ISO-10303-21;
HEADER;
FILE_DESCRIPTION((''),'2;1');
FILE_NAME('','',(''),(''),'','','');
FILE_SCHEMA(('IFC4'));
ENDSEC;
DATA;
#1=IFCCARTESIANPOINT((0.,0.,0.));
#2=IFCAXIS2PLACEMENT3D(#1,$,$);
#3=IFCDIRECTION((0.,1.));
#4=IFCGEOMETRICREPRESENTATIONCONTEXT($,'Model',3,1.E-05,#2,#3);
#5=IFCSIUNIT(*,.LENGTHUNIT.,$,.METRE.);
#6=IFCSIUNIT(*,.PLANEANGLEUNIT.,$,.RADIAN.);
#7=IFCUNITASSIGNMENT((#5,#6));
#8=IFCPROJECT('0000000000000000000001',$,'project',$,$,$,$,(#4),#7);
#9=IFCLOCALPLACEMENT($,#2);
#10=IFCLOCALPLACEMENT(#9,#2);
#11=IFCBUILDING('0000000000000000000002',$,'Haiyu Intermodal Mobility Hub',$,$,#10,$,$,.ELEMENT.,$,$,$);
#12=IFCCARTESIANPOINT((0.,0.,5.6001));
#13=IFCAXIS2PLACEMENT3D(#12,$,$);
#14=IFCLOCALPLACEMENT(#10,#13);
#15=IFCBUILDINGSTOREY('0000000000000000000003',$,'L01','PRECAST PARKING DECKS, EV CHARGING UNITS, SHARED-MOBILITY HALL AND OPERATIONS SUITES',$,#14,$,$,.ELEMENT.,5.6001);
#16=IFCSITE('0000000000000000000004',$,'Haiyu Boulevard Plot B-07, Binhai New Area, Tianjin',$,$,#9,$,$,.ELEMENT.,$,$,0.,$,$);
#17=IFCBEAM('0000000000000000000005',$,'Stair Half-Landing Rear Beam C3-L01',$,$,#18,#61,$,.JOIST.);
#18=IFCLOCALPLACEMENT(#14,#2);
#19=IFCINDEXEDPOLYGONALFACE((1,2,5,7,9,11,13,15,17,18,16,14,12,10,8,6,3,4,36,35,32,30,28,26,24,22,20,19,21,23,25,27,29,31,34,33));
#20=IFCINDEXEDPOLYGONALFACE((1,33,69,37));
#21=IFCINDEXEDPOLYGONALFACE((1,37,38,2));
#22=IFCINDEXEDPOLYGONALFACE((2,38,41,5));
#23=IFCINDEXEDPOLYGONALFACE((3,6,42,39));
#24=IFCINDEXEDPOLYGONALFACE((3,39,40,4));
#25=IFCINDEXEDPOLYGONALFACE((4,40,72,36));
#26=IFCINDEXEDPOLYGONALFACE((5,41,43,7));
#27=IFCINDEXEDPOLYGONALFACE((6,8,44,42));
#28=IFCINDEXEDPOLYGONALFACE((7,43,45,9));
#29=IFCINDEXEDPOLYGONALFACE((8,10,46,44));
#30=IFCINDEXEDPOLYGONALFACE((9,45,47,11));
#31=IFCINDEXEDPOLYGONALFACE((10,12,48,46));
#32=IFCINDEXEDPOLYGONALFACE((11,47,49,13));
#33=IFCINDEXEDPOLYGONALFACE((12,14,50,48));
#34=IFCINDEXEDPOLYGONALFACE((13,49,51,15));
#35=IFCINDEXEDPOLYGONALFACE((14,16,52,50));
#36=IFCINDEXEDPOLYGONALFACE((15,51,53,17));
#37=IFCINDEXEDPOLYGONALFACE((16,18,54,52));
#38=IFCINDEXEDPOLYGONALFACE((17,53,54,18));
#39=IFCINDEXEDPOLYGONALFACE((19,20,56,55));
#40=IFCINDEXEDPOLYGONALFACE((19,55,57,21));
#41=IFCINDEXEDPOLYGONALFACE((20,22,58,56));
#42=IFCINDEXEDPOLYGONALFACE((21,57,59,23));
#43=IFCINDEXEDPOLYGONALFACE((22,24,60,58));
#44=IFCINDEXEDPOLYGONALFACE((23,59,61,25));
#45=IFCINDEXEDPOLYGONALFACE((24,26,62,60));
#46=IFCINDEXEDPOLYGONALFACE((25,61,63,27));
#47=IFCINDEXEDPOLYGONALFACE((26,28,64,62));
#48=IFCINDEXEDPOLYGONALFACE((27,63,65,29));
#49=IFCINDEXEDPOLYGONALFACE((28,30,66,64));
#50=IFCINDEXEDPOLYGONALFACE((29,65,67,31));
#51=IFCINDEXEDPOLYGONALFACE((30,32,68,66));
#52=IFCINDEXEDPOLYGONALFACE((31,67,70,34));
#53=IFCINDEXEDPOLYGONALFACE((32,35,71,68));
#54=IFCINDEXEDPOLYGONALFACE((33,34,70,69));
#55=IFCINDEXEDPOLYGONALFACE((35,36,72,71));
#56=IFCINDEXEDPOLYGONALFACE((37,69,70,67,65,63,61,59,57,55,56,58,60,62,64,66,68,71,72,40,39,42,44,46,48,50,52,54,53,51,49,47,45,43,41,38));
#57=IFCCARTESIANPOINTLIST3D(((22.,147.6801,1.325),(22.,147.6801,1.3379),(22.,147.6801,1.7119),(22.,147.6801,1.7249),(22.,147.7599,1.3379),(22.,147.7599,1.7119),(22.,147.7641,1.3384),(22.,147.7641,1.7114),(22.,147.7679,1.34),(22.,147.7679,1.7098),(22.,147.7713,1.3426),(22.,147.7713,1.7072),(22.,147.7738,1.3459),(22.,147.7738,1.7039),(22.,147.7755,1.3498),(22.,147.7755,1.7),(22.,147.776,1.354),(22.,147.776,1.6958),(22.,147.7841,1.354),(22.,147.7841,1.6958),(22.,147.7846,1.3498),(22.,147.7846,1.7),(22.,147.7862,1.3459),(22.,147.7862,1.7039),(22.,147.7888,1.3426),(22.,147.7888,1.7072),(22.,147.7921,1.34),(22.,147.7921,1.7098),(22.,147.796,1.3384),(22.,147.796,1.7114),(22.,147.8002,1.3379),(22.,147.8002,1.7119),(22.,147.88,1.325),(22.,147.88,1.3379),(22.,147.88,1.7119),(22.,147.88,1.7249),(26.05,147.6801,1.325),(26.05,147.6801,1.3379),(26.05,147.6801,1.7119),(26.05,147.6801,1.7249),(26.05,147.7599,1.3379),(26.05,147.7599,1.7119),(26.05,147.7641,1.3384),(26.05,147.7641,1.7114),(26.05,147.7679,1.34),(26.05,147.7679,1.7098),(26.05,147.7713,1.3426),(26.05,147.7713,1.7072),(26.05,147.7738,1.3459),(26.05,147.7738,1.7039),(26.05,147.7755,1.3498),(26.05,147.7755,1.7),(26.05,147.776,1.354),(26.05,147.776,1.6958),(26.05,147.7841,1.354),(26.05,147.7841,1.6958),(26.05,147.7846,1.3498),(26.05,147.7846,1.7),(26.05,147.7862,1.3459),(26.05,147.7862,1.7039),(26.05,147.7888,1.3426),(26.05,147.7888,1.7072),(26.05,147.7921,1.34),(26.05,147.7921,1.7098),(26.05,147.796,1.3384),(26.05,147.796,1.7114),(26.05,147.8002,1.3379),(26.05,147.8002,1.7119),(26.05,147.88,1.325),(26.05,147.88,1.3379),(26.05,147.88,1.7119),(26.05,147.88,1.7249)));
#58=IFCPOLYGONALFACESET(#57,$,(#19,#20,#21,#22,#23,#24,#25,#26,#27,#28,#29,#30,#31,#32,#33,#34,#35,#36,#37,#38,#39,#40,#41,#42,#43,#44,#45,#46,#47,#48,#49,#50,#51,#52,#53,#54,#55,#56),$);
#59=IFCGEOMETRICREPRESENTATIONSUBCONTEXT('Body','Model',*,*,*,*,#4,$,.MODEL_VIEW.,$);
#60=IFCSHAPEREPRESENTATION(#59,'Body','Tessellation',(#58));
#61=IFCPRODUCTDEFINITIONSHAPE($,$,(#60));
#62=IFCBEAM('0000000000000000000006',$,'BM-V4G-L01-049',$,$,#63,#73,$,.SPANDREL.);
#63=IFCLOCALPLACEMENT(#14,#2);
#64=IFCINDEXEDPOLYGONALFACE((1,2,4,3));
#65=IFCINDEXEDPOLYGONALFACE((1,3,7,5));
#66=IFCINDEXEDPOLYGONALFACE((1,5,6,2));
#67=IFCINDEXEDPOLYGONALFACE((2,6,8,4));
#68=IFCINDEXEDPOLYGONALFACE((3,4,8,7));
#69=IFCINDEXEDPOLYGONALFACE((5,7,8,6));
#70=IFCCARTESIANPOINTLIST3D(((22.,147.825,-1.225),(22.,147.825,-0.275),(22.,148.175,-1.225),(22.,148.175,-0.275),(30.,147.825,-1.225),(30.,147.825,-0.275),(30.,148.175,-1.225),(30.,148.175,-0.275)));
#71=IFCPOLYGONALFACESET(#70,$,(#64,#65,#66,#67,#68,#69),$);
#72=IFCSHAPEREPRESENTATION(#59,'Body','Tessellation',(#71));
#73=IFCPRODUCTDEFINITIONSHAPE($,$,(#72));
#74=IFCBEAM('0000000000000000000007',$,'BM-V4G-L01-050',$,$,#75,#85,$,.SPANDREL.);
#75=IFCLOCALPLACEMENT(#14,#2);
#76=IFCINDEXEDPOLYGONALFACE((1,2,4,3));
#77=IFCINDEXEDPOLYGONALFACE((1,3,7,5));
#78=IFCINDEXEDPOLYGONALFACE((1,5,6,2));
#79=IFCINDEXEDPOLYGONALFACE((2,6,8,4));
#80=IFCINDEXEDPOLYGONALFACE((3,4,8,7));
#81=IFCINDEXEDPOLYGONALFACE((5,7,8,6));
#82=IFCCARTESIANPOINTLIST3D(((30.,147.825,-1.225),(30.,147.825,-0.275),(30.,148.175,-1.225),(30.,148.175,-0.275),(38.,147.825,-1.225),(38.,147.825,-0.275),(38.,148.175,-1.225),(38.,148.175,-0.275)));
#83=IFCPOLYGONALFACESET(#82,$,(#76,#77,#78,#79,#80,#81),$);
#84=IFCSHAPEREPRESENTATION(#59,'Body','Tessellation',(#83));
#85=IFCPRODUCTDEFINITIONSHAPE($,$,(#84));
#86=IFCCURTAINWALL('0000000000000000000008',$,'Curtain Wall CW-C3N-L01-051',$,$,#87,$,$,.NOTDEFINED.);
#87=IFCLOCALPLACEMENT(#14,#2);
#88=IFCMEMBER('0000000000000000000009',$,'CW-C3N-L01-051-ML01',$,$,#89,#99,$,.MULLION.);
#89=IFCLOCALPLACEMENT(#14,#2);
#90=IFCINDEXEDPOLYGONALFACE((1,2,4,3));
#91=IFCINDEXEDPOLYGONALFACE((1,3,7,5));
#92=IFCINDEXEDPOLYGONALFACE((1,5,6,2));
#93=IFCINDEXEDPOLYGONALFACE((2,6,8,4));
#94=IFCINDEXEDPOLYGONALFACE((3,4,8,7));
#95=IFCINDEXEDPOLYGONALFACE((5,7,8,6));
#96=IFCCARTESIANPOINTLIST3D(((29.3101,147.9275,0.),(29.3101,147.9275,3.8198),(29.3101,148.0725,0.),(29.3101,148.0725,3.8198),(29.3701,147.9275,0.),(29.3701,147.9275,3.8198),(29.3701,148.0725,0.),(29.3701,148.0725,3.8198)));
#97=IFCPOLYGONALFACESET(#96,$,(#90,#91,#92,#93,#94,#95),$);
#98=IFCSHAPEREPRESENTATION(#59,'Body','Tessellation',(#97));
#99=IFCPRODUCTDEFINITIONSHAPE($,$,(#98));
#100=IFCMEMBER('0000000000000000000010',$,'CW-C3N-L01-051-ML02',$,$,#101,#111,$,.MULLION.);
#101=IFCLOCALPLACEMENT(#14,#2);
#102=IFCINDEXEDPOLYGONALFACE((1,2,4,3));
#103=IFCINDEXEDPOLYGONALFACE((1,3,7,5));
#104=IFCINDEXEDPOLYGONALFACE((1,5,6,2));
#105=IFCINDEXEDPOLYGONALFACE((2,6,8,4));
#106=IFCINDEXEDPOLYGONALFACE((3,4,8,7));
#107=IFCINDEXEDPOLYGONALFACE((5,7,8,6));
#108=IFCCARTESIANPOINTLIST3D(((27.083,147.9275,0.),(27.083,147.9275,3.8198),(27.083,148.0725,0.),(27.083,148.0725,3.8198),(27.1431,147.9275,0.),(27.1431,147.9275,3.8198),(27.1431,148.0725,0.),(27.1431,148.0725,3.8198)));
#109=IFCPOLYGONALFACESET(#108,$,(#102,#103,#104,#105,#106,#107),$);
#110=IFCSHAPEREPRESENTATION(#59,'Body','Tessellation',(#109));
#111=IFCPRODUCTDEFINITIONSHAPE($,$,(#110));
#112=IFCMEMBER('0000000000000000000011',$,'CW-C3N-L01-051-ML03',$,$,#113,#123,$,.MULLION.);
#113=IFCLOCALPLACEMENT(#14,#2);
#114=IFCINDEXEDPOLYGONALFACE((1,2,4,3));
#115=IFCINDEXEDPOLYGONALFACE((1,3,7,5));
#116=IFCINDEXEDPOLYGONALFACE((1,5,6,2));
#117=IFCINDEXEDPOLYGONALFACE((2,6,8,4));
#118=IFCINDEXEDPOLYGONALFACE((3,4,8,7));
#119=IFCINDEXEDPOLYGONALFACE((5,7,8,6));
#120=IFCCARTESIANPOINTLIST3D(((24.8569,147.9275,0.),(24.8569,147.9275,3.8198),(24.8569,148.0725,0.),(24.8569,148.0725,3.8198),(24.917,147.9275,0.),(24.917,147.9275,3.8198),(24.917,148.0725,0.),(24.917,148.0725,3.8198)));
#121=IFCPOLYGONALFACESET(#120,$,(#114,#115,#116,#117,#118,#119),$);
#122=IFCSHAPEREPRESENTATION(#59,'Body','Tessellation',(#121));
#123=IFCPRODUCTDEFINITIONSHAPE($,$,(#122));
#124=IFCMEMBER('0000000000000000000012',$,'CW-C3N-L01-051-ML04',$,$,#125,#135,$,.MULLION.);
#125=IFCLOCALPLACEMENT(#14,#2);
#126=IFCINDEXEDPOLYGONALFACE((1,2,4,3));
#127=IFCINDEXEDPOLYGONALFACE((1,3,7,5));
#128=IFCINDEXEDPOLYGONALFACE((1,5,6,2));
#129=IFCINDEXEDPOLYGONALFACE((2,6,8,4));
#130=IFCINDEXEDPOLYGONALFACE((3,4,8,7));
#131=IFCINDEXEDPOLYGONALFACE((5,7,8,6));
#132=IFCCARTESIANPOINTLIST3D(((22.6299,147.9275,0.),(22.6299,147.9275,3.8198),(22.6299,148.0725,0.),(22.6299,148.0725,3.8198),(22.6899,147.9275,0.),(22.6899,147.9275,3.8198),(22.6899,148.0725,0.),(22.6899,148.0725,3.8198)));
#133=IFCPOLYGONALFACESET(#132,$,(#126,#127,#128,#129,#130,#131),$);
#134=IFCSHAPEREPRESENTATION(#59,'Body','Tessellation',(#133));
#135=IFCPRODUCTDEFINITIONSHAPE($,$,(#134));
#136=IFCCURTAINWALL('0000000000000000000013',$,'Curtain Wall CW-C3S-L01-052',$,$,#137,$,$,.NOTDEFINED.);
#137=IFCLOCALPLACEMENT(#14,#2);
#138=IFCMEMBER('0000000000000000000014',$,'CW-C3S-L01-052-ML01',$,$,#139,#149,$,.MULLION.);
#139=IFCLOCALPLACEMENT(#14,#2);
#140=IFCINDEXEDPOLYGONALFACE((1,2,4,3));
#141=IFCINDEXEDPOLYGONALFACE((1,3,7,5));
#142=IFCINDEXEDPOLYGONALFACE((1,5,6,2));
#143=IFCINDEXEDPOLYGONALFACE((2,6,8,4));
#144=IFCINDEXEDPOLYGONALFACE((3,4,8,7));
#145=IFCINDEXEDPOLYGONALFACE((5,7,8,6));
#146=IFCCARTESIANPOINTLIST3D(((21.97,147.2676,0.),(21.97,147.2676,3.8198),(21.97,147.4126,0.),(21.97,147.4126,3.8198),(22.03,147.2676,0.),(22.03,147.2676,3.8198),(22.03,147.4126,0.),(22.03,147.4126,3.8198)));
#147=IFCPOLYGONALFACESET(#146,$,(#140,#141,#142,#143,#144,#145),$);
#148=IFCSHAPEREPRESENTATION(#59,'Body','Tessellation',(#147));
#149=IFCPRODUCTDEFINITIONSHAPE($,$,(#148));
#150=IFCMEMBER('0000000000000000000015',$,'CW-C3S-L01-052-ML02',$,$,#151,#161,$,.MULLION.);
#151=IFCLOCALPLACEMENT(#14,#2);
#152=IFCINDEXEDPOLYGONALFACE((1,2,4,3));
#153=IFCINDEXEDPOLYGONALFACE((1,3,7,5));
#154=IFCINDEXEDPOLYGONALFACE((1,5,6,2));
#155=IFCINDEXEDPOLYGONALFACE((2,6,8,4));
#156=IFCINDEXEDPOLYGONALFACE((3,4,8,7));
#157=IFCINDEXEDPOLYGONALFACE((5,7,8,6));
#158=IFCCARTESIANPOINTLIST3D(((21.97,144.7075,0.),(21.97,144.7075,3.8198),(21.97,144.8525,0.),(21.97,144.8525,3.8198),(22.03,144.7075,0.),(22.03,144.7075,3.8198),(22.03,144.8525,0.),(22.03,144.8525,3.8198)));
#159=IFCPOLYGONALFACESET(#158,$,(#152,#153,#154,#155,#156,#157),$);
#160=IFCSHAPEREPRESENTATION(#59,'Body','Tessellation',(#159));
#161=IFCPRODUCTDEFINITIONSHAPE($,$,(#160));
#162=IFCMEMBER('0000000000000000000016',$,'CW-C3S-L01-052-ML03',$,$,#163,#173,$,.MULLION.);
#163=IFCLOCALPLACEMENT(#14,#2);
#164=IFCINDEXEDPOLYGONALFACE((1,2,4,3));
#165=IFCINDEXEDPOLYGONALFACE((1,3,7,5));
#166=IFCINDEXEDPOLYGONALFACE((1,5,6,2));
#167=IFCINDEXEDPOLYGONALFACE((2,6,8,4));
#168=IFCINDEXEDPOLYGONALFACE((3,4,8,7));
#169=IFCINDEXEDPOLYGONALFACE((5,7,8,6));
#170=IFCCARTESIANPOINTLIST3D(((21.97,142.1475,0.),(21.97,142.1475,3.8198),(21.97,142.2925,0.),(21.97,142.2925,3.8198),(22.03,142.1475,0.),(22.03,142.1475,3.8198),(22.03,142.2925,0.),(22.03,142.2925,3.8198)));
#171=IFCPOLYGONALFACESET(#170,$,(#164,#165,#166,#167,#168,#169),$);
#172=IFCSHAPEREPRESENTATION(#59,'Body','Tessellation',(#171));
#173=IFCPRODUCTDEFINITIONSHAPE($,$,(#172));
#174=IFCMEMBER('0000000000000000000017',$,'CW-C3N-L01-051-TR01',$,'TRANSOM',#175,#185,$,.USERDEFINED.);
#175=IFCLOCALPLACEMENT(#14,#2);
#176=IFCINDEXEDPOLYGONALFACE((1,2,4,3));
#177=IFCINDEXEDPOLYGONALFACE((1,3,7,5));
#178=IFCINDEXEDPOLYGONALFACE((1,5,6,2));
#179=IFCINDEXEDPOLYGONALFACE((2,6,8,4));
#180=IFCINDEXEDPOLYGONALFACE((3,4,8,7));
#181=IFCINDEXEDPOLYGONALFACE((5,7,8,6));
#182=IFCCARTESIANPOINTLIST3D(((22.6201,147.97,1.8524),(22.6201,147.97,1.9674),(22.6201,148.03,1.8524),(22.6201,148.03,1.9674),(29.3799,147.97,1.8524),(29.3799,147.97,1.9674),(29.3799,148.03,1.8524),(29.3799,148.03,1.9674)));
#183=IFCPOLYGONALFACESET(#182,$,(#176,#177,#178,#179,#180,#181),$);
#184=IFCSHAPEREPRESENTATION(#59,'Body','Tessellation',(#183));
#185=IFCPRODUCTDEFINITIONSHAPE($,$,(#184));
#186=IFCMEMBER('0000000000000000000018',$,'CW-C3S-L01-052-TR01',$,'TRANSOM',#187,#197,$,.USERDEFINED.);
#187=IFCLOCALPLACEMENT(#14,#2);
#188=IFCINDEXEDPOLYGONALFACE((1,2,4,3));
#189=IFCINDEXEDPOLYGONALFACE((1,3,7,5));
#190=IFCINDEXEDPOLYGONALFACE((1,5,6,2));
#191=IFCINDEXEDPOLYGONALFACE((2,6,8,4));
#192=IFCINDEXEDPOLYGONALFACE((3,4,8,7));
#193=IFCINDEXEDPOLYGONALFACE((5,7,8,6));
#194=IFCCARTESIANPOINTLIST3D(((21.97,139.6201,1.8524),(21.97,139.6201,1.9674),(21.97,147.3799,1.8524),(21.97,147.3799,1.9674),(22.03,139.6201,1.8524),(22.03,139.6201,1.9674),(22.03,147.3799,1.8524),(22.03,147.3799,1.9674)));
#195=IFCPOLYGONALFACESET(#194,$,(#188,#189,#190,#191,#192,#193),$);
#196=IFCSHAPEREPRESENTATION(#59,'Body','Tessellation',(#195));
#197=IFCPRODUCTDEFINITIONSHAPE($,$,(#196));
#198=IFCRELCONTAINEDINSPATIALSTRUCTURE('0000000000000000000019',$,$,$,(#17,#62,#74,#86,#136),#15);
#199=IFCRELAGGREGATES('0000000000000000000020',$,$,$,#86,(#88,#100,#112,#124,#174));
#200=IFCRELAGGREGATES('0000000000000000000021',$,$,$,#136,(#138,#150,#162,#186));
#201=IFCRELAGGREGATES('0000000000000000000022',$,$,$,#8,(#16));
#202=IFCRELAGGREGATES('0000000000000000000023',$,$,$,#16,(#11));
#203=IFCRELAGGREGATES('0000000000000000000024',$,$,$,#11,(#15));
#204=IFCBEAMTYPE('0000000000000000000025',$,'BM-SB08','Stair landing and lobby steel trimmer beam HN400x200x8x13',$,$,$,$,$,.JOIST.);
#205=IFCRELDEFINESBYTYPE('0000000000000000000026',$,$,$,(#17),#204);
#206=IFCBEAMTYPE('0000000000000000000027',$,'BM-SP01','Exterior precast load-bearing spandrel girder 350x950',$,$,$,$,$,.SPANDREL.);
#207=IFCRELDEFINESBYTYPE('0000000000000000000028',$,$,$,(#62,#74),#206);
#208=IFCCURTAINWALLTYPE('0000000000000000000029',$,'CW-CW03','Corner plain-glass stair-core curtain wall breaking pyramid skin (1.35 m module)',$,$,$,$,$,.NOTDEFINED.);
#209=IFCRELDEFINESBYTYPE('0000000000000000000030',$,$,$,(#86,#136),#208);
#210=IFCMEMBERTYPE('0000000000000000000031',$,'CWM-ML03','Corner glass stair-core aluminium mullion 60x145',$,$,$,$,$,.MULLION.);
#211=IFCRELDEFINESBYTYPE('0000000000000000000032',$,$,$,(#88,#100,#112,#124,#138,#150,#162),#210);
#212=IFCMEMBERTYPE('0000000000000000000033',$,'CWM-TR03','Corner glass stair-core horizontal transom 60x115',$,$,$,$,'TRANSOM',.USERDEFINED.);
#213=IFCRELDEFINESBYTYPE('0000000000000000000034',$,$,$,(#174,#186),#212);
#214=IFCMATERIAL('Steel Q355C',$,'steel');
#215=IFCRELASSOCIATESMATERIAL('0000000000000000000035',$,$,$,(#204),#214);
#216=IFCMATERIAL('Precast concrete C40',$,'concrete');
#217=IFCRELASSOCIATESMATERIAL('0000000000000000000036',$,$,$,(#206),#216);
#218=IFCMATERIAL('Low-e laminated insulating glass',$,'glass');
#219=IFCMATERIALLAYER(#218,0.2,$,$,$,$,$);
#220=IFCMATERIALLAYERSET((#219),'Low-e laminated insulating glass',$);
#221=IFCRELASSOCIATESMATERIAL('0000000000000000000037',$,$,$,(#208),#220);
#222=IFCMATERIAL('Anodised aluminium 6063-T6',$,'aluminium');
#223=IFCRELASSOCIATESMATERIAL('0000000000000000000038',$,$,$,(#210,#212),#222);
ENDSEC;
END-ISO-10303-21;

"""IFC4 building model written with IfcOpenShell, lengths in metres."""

from ifc_helpers import new_model, si_unit, direction, frame, origin, origin_2d, place, context, subcontext, project, spatial, rectangle, i_section, extrude, material, layer, layer_set, material_profile, profile_set, type_object, element, aggregate, save


model = new_model("IFC4")

# Units and contexts
model_context = context("Model", 3, precision=1e-05, world=origin(), true_north=direction((0.0, 1.0)))
body_context = subcontext(model_context, "Body", "Model", "MODEL_VIEW")
ifc_project = project(units=[si_unit("LENGTHUNIT", "METRE"), si_unit("PLANEANGLEUNIT", "RADIAN")], contexts=[model_context])

# Site, building, storey
site_placement = place(None, origin())
site = spatial("IfcSite", under=ifc_project, at=site_placement, Name="Haiyu Boulevard Plot B-07, Binhai New Area, Tianjin", CompositionType="ELEMENT", RefElevation=0.0)
building_placement = place(site_placement, origin())
building = spatial("IfcBuilding", under=site, at=building_placement, Name="Haiyu Intermodal Mobility Hub", CompositionType="ELEMENT")
storey_placement = place(building_placement, frame((0.0, 0.0, 5.6001)))
storey = spatial("IfcBuildingStorey", under=building, at=storey_placement, Name="L01", Description="PRECAST PARKING DECKS, EV CHARGING UNITS, SHARED-MOBILITY HALL AND OPERATIONS SUITES", CompositionType="ELEMENT", Elevation=5.6001)

# Shared definitions
ifc_material_1 = material(Name="Steel Q355C", Category="steel")

# Beams
ifc_material_profile_1 = material_profile(ifc_material_1, i_section(OverallWidth=0.2, OverallDepth=0.3999, WebThickness=0.0081, FlangeThickness=0.0129, FilletRadius=0.0161, at=origin_2d()), Name="HN400x200x8x13")
ifc_profile_set_1 = profile_set([ifc_material_profile_1], Name="Steel Q355C")
beam_type_1 = type_object("IfcBeamType", Name="BM-SB08", Description="Stair landing and lobby steel trimmer beam HN400x200x8x13", PredefinedType="JOIST", material=ifc_profile_set_1)
beam_placement = place(storey_placement, frame((22.0, 147.78, 1.5249), z_axis=(1.0, 0.0, 0.0), x_axis=(0.0, 1.0, 0.0)))
element("IfcBeam", 1, at=beam_placement, inside=storey, type_object=beam_type_1, Name="Stair Half-Landing Rear Beam C3-L01", PredefinedType="JOIST", context=body_context, shape_type="SweptSolid", body=[
    extrude(i_section(OverallWidth=0.2, OverallDepth=0.3999, WebThickness=0.0081, FlangeThickness=0.0129, FilletRadius=0.0161, at=origin_2d()), origin(), (0.0, 0.0, 1.0), 4.05),
])
ifc_material_2 = material(Name="Precast concrete C40", Category="concrete")
ifc_material_profile_2 = material_profile(ifc_material_2, rectangle(XDim=0.3501, YDim=0.95, at=origin_2d()), Name="PC350x950")
ifc_profile_set_2 = profile_set([ifc_material_profile_2], Name="Precast concrete C40")
beam_type_2 = type_object("IfcBeamType", Name="BM-SP01", Description="Exterior precast load-bearing spandrel girder 350x950", PredefinedType="SPANDREL", material=ifc_profile_set_2)
for number, where, z_axis, x_axis, name in (
    (2, (22.0, 148.0, -0.75), (1.0, 0.0, 0.0), (0.0, 1.0, 0.0), "BM-V4G-L01-049"),
    (3, (30.0, 148.0, -0.75), (1.0, 0.0, 0.0), (0.0, 1.0, 0.0), "BM-V4G-L01-050"),
):
    element("IfcBeam", number, at=place(storey_placement, frame(where, z_axis=z_axis, x_axis=x_axis)), inside=storey, type_object=beam_type_2, Name=name, PredefinedType="SPANDREL", context=body_context, shape_type="SweptSolid", body=[
        extrude(rectangle(XDim=0.3501, YDim=0.95, at=origin_2d()), origin(), (0.0, 0.0, 1.0), 8.0),
    ])

# Curtain walls, members
ifc_material_3 = material(Name="Low-e laminated insulating glass", Category="glass")
ifc_layer_1 = layer(ifc_material_3, 0.2)
ifc_layer_set_1 = layer_set([ifc_layer_1], Name="Low-e laminated insulating glass")
curtain_wall_type = type_object("IfcCurtainWallType", Name="CW-CW03", Description="Corner plain-glass stair-core curtain wall breaking pyramid skin (1.35 m module)", PredefinedType="NOTDEFINED", material=ifc_layer_set_1)
curtain_wall_1_placement = place(storey_placement, origin())
curtain_wall_1 = element("IfcCurtainWall", 4, at=curtain_wall_1_placement, inside=storey, type_object=curtain_wall_type, Name="Curtain Wall CW-C3N-L01-051", PredefinedType="NOTDEFINED")
ifc_material_4 = material(Name="Anodised aluminium 6063-T6", Category="aluminium")
ifc_material_profile_3 = material_profile(ifc_material_4, rectangle(XDim=0.0601, YDim=0.145, at=origin_2d()), Name="ALU60x145")
ifc_profile_set_3 = profile_set([ifc_material_profile_3], Name="Anodised aluminium 6063-T6")
member_type_1 = type_object("IfcMemberType", Name="CWM-ML03", Description="Corner glass stair-core aluminium mullion 60x145", PredefinedType="MULLION", material=ifc_profile_set_3)
member_1_placement = place(storey_placement, frame((29.3401, 148.0, 0.0), z_axis=(0.0, 0.0, 1.0), x_axis=(1.0, 0.0, 0.0)))
member_1 = element("IfcMember", 5, at=member_1_placement, type_object=member_type_1, Name="CW-C3N-L01-051-ML01", PredefinedType="MULLION", context=body_context, shape_type="SweptSolid", body=[
    extrude(rectangle(XDim=0.0601, YDim=0.145, at=origin_2d()), origin(), (0.0, 0.0, 1.0), 3.8198),
])
member_2_placement = place(storey_placement, frame((27.113, 148.0, 0.0), z_axis=(0.0, 0.0, 1.0), x_axis=(1.0, 0.0, 0.0)))
member_2 = element("IfcMember", 6, at=member_2_placement, type_object=member_type_1, Name="CW-C3N-L01-051-ML02", PredefinedType="MULLION", context=body_context, shape_type="SweptSolid", body=[
    extrude(rectangle(XDim=0.0601, YDim=0.145, at=origin_2d()), origin(), (0.0, 0.0, 1.0), 3.8198),
])
member_3_placement = place(storey_placement, frame((24.887, 148.0, 0.0), z_axis=(0.0, 0.0, 1.0), x_axis=(1.0, 0.0, 0.0)))
member_3 = element("IfcMember", 7, at=member_3_placement, type_object=member_type_1, Name="CW-C3N-L01-051-ML03", PredefinedType="MULLION", context=body_context, shape_type="SweptSolid", body=[
    extrude(rectangle(XDim=0.0601, YDim=0.145, at=origin_2d()), origin(), (0.0, 0.0, 1.0), 3.8198),
])
member_4_placement = place(storey_placement, frame((22.6599, 148.0, 0.0), z_axis=(0.0, 0.0, 1.0), x_axis=(1.0, 0.0, 0.0)))
member_4 = element("IfcMember", 8, at=member_4_placement, type_object=member_type_1, Name="CW-C3N-L01-051-ML04", PredefinedType="MULLION", context=body_context, shape_type="SweptSolid", body=[
    extrude(rectangle(XDim=0.0601, YDim=0.145, at=origin_2d()), origin(), (0.0, 0.0, 1.0), 3.8198),
])
curtain_wall_2_placement = place(storey_placement, origin())
curtain_wall_2 = element("IfcCurtainWall", 9, at=curtain_wall_2_placement, inside=storey, type_object=curtain_wall_type, Name="Curtain Wall CW-C3S-L01-052", PredefinedType="NOTDEFINED")
member_5_placement = place(storey_placement, frame((22.0, 147.3401, 0.0), z_axis=(0.0, 0.0, 1.0), x_axis=(1.0, 0.0, 0.0)))
member_5 = element("IfcMember", 10, at=member_5_placement, type_object=member_type_1, Name="CW-C3S-L01-052-ML01", PredefinedType="MULLION", context=body_context, shape_type="SweptSolid", body=[
    extrude(rectangle(XDim=0.0601, YDim=0.145, at=origin_2d()), origin(), (0.0, 0.0, 1.0), 3.8198),
])
member_6_placement = place(storey_placement, frame((22.0, 144.78, 0.0), z_axis=(0.0, 0.0, 1.0), x_axis=(1.0, 0.0, 0.0)))
member_6 = element("IfcMember", 11, at=member_6_placement, type_object=member_type_1, Name="CW-C3S-L01-052-ML02", PredefinedType="MULLION", context=body_context, shape_type="SweptSolid", body=[
    extrude(rectangle(XDim=0.0601, YDim=0.145, at=origin_2d()), origin(), (0.0, 0.0, 1.0), 3.8198),
])
member_7_placement = place(storey_placement, frame((22.0, 142.22, 0.0), z_axis=(0.0, 0.0, 1.0), x_axis=(1.0, 0.0, 0.0)))
member_7 = element("IfcMember", 12, at=member_7_placement, type_object=member_type_1, Name="CW-C3S-L01-052-ML03", PredefinedType="MULLION", context=body_context, shape_type="SweptSolid", body=[
    extrude(rectangle(XDim=0.0601, YDim=0.145, at=origin_2d()), origin(), (0.0, 0.0, 1.0), 3.8198),
])

# Members
ifc_material_profile_4 = material_profile(ifc_material_4, rectangle(XDim=0.0601, YDim=0.115, at=origin_2d()), Name="ALU60x115")
ifc_profile_set_4 = profile_set([ifc_material_profile_4], Name="Anodised aluminium 6063-T6")
member_type_2 = type_object("IfcMemberType", Name="CWM-TR03", Description="Corner glass stair-core horizontal transom 60x115", ElementType="TRANSOM", PredefinedType="USERDEFINED", material=ifc_profile_set_4)
member_8_placement = place(storey_placement, frame((29.3799, 148.0, 1.9099), z_axis=(-1.0, 0.0, 0.0), x_axis=(0.0, -1.0, 0.0)))
member_8 = element("IfcMember", 13, at=member_8_placement, type_object=member_type_2, Name="CW-C3N-L01-051-TR01", ObjectType="TRANSOM", PredefinedType="USERDEFINED", context=body_context, shape_type="SweptSolid", body=[
    extrude(rectangle(XDim=0.0601, YDim=0.115, at=origin_2d()), origin(), (0.0, 0.0, 1.0), 6.7598),
])
member_9_placement = place(storey_placement, frame((22.0, 147.3799, 1.9099), z_axis=(0.0, -1.0, 0.0), x_axis=(1.0, 0.0, 0.0)))
member_9 = element("IfcMember", 14, at=member_9_placement, type_object=member_type_2, Name="CW-C3S-L01-052-TR01", ObjectType="TRANSOM", PredefinedType="USERDEFINED", context=body_context, shape_type="SweptSolid", body=[
    extrude(rectangle(XDim=0.0601, YDim=0.115, at=origin_2d()), origin(), (0.0, 0.0, 1.0), 7.7598),
])

aggregate(curtain_wall_1, [member_1, member_2, member_3, member_4, member_8])
aggregate(curtain_wall_2, [member_5, member_6, member_7, member_9])

save(model, "model.ifc")
